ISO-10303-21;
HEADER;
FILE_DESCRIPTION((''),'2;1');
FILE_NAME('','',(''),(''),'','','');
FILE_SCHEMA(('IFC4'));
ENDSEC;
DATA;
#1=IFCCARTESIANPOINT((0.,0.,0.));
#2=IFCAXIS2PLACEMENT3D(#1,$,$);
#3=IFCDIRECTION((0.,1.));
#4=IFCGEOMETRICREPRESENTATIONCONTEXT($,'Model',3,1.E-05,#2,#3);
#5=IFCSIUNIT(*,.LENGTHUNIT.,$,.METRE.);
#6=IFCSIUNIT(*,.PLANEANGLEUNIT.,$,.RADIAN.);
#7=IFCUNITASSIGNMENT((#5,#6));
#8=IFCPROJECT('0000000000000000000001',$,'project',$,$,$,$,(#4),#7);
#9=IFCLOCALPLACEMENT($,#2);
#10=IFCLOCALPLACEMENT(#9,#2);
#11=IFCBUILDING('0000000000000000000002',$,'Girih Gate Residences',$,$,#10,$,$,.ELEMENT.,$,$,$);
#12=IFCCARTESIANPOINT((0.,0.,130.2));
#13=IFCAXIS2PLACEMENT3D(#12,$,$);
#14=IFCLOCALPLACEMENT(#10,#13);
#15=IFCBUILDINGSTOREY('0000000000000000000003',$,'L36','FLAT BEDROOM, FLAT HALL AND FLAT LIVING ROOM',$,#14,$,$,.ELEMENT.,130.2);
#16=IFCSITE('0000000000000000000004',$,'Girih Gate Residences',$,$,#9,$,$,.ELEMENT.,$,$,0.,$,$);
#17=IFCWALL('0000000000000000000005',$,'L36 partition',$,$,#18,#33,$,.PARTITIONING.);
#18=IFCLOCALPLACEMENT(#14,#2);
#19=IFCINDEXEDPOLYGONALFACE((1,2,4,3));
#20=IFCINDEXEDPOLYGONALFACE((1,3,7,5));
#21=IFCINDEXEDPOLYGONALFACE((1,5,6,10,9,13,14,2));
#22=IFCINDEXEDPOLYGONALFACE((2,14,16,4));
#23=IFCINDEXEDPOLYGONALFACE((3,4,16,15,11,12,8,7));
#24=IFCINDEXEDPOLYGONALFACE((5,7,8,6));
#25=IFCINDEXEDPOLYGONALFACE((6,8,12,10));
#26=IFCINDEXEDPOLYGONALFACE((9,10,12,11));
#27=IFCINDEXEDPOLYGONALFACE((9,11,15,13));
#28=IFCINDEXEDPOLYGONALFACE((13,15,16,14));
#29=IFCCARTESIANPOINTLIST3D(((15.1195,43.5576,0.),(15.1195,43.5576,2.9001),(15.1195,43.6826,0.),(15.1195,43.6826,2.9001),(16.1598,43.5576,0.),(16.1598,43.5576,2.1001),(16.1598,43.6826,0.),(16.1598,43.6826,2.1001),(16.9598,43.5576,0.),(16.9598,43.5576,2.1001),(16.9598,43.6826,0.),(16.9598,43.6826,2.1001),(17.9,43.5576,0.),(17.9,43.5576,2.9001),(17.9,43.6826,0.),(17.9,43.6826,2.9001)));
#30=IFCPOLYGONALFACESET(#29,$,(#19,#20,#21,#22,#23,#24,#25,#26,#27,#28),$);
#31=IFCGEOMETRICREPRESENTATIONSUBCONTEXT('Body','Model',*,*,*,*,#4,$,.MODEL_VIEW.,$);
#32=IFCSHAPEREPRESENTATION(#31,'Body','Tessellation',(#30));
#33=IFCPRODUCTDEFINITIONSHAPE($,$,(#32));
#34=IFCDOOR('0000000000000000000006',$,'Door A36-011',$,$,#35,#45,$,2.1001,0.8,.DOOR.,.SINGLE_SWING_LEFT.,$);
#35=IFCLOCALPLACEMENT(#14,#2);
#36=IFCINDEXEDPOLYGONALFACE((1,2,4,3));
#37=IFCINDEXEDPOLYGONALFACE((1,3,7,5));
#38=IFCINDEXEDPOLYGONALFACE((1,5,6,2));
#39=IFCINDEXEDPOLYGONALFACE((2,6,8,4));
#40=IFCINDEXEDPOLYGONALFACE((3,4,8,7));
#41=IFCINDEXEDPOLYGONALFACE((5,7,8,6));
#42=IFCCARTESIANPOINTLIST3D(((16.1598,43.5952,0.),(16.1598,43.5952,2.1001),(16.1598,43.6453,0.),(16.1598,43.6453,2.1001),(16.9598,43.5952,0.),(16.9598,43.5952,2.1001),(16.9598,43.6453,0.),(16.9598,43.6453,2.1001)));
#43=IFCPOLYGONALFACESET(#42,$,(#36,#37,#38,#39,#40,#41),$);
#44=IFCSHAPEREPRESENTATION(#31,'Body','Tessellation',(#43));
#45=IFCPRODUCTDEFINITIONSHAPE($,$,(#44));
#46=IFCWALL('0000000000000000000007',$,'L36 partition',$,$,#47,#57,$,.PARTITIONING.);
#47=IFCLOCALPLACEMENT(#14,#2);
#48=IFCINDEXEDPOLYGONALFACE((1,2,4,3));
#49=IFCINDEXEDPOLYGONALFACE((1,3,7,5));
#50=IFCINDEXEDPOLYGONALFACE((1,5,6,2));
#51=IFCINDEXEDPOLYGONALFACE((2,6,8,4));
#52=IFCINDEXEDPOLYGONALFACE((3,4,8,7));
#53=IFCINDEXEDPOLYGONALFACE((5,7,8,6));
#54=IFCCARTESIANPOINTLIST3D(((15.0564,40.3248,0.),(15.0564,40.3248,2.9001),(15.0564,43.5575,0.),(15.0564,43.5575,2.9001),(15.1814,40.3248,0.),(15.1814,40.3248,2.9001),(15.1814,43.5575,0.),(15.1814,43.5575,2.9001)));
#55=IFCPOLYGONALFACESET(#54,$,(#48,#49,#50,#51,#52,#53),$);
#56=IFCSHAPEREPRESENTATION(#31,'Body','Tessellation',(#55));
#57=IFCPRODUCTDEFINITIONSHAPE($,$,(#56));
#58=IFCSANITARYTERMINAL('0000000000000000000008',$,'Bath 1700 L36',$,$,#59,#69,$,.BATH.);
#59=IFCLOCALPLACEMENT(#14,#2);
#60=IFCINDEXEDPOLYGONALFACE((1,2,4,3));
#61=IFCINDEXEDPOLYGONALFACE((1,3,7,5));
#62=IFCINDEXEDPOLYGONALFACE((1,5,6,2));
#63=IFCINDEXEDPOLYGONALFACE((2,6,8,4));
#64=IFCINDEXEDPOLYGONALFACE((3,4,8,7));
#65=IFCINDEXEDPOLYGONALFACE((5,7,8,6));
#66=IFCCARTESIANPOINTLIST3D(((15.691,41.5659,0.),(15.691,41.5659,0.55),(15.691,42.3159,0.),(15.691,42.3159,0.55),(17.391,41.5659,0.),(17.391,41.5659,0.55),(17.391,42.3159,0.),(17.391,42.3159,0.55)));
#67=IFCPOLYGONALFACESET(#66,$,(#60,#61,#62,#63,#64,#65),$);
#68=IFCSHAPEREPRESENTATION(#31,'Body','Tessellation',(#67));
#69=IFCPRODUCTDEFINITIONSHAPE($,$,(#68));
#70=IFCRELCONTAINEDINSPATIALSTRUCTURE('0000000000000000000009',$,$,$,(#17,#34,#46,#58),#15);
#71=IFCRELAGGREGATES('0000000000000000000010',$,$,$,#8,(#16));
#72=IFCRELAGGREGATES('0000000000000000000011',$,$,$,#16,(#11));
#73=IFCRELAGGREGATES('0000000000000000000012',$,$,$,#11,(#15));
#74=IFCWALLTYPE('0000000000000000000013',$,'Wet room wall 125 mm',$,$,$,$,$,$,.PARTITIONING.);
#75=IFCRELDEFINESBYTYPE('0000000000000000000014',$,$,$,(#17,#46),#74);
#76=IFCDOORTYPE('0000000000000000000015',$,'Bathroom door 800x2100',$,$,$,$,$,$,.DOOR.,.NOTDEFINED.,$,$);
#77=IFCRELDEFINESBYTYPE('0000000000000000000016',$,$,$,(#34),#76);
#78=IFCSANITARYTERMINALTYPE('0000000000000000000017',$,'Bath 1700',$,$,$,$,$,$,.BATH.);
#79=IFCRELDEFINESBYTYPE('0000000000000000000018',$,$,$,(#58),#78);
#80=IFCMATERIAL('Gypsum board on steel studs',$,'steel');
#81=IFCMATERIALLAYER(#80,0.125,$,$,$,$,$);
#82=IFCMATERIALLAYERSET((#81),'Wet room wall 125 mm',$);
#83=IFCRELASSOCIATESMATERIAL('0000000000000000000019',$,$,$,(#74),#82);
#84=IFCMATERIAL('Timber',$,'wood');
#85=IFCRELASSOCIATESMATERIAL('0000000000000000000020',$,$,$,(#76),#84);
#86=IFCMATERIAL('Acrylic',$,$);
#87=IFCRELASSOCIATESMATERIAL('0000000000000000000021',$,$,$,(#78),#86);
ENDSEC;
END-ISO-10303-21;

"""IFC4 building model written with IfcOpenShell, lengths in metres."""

from ifc_helpers import new_model, si_unit, direction, frame, frame_2d, origin, origin_2d, place, context, subcontext, project, spatial, rectangle, extrude, material, layer, layer_set, type_object, element, fill, save


model = new_model("IFC4")

# Units and contexts
model_context = context("Model", 3, precision=1e-05, world=origin(), true_north=direction((0.0, 1.0)))
body_context = subcontext(model_context, "Body", "Model", "MODEL_VIEW")
ifc_project = project(units=[si_unit("LENGTHUNIT", "METRE"), si_unit("PLANEANGLEUNIT", "RADIAN")], contexts=[model_context])

# Site, building, storey
site_placement = place(None, origin())
site = spatial("IfcSite", under=ifc_project, at=site_placement, Name="Girih Gate Residences", CompositionType="ELEMENT", RefElevation=0.0)
building_placement = place(site_placement, origin())
building = spatial("IfcBuilding", under=site, at=building_placement, Name="Girih Gate Residences", CompositionType="ELEMENT")
storey_placement = place(building_placement, frame((0.0, 0.0, 130.2)))
storey = spatial("IfcBuildingStorey", under=building, at=storey_placement, Name="L36", Description="FLAT BEDROOM, FLAT HALL AND FLAT LIVING ROOM", CompositionType="ELEMENT", Elevation=130.2)

# Shared definitions
ifc_material_1 = material(Name="Gypsum board on steel studs", Category="steel")

# Shared definitions
ifc_material_2 = material(Name="Timber", Category="wood")

# Wall, opening, door
ifc_layer_1 = layer(ifc_material_1, 0.125)
ifc_layer_set_1 = layer_set([ifc_layer_1], Name="Wet room wall 125 mm")
wall_type_1 = type_object("IfcWallType", Name="Wet room wall 125 mm", PredefinedType="PARTITIONING", material=ifc_layer_set_1)
wall_1_placement = place(storey_placement, frame((17.8999, 43.6201, 0.0), z_axis=(0.0, 0.0, 1.0), x_axis=(-1.0, 0.0, 0.0)))
wall_1 = element("IfcWall", 1, at=wall_1_placement, inside=storey, type_object=wall_type_1, Name="L36 partition", PredefinedType="PARTITIONING", context=body_context, shape_type="SweptSolid", body=[
    extrude(rectangle(XDim=2.7805, YDim=0.125, at=frame_2d((1.3901, 0.0))), origin(), (0.0, 0.0, 1.0), 2.9001),
])
opening_1_placement = place(wall_1_placement, frame((0.9402, 0.0, 0.0)))
opening_1 = element("IfcOpeningElement", 2, at=opening_1_placement, cuts=wall_1, PredefinedType="OPENING", context=body_context, shape_type="SweptSolid", body=[
    extrude(rectangle(XDim=0.8, YDim=2.1001, at=frame_2d((0.3999, 1.05))), frame((0.0, 0.0725, 0.0), z_axis=(0.0, -1.0, 0.0), x_axis=(1.0, 0.0, 0.0)), (0.0, 0.0, 1.0), 0.145),
])
door_type_1 = type_object("IfcDoorType", Name="Bathroom door 800x2100", OperationType="NOTDEFINED", PredefinedType="DOOR", material=ifc_material_2)
door_1_placement = place(opening_1_placement, origin())
door_1 = element("IfcDoor", 3, at=door_1_placement, inside=storey, type_object=door_type_1, Name="Door A36-011", OperationType="SINGLE_SWING_LEFT", OverallHeight=2.1001, OverallWidth=0.8, PredefinedType="DOOR", context=body_context, shape_type="SweptSolid", body=[
    extrude(rectangle(XDim=0.8, YDim=2.1001, at=frame_2d((0.3999, 1.05))), frame((0.0, 0.0249, 0.0), z_axis=(0.0, -1.0, 0.0), x_axis=(1.0, 0.0, 0.0)), (0.0, 0.0, 1.0), 0.05),
])
fill(opening_1, door_1)

# Wall
wall_2_placement = place(storey_placement, frame((15.1189, 40.325, 0.0), z_axis=(0.0, 0.0, 1.0), x_axis=(0.0, 1.0, 0.0)))
element("IfcWall", 4, at=wall_2_placement, inside=storey, type_object=wall_type_1, Name="L36 partition", PredefinedType="PARTITIONING", context=body_context, shape_type="SweptSolid", body=[
    extrude(rectangle(XDim=3.2327, YDim=0.125, at=frame_2d((1.6162, 0.0))), origin(), (0.0, 0.0, 1.0), 2.9001),
])

# Sanitary terminal
ifc_material_3 = material(Name="Acrylic")
sanitary_terminal_type = type_object("IfcSanitaryTerminalType", Name="Bath 1700", PredefinedType="BATH", material=ifc_material_3)
sanitary_terminal_placement = place(storey_placement, frame((16.541, 41.9409, 0.0), z_axis=(0.0, 0.0, 1.0), x_axis=(1.0, 0.0, 0.0)))
element("IfcSanitaryTerminal", 5, at=sanitary_terminal_placement, inside=storey, type_object=sanitary_terminal_type, Name="Bath 1700 L36", PredefinedType="BATH", context=body_context, shape_type="SweptSolid", body=[
    extrude(rectangle(XDim=1.7, YDim=0.75, at=origin_2d()), origin(), (0.0, 0.0, 1.0), 0.55),
])

save(model, "model.ifc")
